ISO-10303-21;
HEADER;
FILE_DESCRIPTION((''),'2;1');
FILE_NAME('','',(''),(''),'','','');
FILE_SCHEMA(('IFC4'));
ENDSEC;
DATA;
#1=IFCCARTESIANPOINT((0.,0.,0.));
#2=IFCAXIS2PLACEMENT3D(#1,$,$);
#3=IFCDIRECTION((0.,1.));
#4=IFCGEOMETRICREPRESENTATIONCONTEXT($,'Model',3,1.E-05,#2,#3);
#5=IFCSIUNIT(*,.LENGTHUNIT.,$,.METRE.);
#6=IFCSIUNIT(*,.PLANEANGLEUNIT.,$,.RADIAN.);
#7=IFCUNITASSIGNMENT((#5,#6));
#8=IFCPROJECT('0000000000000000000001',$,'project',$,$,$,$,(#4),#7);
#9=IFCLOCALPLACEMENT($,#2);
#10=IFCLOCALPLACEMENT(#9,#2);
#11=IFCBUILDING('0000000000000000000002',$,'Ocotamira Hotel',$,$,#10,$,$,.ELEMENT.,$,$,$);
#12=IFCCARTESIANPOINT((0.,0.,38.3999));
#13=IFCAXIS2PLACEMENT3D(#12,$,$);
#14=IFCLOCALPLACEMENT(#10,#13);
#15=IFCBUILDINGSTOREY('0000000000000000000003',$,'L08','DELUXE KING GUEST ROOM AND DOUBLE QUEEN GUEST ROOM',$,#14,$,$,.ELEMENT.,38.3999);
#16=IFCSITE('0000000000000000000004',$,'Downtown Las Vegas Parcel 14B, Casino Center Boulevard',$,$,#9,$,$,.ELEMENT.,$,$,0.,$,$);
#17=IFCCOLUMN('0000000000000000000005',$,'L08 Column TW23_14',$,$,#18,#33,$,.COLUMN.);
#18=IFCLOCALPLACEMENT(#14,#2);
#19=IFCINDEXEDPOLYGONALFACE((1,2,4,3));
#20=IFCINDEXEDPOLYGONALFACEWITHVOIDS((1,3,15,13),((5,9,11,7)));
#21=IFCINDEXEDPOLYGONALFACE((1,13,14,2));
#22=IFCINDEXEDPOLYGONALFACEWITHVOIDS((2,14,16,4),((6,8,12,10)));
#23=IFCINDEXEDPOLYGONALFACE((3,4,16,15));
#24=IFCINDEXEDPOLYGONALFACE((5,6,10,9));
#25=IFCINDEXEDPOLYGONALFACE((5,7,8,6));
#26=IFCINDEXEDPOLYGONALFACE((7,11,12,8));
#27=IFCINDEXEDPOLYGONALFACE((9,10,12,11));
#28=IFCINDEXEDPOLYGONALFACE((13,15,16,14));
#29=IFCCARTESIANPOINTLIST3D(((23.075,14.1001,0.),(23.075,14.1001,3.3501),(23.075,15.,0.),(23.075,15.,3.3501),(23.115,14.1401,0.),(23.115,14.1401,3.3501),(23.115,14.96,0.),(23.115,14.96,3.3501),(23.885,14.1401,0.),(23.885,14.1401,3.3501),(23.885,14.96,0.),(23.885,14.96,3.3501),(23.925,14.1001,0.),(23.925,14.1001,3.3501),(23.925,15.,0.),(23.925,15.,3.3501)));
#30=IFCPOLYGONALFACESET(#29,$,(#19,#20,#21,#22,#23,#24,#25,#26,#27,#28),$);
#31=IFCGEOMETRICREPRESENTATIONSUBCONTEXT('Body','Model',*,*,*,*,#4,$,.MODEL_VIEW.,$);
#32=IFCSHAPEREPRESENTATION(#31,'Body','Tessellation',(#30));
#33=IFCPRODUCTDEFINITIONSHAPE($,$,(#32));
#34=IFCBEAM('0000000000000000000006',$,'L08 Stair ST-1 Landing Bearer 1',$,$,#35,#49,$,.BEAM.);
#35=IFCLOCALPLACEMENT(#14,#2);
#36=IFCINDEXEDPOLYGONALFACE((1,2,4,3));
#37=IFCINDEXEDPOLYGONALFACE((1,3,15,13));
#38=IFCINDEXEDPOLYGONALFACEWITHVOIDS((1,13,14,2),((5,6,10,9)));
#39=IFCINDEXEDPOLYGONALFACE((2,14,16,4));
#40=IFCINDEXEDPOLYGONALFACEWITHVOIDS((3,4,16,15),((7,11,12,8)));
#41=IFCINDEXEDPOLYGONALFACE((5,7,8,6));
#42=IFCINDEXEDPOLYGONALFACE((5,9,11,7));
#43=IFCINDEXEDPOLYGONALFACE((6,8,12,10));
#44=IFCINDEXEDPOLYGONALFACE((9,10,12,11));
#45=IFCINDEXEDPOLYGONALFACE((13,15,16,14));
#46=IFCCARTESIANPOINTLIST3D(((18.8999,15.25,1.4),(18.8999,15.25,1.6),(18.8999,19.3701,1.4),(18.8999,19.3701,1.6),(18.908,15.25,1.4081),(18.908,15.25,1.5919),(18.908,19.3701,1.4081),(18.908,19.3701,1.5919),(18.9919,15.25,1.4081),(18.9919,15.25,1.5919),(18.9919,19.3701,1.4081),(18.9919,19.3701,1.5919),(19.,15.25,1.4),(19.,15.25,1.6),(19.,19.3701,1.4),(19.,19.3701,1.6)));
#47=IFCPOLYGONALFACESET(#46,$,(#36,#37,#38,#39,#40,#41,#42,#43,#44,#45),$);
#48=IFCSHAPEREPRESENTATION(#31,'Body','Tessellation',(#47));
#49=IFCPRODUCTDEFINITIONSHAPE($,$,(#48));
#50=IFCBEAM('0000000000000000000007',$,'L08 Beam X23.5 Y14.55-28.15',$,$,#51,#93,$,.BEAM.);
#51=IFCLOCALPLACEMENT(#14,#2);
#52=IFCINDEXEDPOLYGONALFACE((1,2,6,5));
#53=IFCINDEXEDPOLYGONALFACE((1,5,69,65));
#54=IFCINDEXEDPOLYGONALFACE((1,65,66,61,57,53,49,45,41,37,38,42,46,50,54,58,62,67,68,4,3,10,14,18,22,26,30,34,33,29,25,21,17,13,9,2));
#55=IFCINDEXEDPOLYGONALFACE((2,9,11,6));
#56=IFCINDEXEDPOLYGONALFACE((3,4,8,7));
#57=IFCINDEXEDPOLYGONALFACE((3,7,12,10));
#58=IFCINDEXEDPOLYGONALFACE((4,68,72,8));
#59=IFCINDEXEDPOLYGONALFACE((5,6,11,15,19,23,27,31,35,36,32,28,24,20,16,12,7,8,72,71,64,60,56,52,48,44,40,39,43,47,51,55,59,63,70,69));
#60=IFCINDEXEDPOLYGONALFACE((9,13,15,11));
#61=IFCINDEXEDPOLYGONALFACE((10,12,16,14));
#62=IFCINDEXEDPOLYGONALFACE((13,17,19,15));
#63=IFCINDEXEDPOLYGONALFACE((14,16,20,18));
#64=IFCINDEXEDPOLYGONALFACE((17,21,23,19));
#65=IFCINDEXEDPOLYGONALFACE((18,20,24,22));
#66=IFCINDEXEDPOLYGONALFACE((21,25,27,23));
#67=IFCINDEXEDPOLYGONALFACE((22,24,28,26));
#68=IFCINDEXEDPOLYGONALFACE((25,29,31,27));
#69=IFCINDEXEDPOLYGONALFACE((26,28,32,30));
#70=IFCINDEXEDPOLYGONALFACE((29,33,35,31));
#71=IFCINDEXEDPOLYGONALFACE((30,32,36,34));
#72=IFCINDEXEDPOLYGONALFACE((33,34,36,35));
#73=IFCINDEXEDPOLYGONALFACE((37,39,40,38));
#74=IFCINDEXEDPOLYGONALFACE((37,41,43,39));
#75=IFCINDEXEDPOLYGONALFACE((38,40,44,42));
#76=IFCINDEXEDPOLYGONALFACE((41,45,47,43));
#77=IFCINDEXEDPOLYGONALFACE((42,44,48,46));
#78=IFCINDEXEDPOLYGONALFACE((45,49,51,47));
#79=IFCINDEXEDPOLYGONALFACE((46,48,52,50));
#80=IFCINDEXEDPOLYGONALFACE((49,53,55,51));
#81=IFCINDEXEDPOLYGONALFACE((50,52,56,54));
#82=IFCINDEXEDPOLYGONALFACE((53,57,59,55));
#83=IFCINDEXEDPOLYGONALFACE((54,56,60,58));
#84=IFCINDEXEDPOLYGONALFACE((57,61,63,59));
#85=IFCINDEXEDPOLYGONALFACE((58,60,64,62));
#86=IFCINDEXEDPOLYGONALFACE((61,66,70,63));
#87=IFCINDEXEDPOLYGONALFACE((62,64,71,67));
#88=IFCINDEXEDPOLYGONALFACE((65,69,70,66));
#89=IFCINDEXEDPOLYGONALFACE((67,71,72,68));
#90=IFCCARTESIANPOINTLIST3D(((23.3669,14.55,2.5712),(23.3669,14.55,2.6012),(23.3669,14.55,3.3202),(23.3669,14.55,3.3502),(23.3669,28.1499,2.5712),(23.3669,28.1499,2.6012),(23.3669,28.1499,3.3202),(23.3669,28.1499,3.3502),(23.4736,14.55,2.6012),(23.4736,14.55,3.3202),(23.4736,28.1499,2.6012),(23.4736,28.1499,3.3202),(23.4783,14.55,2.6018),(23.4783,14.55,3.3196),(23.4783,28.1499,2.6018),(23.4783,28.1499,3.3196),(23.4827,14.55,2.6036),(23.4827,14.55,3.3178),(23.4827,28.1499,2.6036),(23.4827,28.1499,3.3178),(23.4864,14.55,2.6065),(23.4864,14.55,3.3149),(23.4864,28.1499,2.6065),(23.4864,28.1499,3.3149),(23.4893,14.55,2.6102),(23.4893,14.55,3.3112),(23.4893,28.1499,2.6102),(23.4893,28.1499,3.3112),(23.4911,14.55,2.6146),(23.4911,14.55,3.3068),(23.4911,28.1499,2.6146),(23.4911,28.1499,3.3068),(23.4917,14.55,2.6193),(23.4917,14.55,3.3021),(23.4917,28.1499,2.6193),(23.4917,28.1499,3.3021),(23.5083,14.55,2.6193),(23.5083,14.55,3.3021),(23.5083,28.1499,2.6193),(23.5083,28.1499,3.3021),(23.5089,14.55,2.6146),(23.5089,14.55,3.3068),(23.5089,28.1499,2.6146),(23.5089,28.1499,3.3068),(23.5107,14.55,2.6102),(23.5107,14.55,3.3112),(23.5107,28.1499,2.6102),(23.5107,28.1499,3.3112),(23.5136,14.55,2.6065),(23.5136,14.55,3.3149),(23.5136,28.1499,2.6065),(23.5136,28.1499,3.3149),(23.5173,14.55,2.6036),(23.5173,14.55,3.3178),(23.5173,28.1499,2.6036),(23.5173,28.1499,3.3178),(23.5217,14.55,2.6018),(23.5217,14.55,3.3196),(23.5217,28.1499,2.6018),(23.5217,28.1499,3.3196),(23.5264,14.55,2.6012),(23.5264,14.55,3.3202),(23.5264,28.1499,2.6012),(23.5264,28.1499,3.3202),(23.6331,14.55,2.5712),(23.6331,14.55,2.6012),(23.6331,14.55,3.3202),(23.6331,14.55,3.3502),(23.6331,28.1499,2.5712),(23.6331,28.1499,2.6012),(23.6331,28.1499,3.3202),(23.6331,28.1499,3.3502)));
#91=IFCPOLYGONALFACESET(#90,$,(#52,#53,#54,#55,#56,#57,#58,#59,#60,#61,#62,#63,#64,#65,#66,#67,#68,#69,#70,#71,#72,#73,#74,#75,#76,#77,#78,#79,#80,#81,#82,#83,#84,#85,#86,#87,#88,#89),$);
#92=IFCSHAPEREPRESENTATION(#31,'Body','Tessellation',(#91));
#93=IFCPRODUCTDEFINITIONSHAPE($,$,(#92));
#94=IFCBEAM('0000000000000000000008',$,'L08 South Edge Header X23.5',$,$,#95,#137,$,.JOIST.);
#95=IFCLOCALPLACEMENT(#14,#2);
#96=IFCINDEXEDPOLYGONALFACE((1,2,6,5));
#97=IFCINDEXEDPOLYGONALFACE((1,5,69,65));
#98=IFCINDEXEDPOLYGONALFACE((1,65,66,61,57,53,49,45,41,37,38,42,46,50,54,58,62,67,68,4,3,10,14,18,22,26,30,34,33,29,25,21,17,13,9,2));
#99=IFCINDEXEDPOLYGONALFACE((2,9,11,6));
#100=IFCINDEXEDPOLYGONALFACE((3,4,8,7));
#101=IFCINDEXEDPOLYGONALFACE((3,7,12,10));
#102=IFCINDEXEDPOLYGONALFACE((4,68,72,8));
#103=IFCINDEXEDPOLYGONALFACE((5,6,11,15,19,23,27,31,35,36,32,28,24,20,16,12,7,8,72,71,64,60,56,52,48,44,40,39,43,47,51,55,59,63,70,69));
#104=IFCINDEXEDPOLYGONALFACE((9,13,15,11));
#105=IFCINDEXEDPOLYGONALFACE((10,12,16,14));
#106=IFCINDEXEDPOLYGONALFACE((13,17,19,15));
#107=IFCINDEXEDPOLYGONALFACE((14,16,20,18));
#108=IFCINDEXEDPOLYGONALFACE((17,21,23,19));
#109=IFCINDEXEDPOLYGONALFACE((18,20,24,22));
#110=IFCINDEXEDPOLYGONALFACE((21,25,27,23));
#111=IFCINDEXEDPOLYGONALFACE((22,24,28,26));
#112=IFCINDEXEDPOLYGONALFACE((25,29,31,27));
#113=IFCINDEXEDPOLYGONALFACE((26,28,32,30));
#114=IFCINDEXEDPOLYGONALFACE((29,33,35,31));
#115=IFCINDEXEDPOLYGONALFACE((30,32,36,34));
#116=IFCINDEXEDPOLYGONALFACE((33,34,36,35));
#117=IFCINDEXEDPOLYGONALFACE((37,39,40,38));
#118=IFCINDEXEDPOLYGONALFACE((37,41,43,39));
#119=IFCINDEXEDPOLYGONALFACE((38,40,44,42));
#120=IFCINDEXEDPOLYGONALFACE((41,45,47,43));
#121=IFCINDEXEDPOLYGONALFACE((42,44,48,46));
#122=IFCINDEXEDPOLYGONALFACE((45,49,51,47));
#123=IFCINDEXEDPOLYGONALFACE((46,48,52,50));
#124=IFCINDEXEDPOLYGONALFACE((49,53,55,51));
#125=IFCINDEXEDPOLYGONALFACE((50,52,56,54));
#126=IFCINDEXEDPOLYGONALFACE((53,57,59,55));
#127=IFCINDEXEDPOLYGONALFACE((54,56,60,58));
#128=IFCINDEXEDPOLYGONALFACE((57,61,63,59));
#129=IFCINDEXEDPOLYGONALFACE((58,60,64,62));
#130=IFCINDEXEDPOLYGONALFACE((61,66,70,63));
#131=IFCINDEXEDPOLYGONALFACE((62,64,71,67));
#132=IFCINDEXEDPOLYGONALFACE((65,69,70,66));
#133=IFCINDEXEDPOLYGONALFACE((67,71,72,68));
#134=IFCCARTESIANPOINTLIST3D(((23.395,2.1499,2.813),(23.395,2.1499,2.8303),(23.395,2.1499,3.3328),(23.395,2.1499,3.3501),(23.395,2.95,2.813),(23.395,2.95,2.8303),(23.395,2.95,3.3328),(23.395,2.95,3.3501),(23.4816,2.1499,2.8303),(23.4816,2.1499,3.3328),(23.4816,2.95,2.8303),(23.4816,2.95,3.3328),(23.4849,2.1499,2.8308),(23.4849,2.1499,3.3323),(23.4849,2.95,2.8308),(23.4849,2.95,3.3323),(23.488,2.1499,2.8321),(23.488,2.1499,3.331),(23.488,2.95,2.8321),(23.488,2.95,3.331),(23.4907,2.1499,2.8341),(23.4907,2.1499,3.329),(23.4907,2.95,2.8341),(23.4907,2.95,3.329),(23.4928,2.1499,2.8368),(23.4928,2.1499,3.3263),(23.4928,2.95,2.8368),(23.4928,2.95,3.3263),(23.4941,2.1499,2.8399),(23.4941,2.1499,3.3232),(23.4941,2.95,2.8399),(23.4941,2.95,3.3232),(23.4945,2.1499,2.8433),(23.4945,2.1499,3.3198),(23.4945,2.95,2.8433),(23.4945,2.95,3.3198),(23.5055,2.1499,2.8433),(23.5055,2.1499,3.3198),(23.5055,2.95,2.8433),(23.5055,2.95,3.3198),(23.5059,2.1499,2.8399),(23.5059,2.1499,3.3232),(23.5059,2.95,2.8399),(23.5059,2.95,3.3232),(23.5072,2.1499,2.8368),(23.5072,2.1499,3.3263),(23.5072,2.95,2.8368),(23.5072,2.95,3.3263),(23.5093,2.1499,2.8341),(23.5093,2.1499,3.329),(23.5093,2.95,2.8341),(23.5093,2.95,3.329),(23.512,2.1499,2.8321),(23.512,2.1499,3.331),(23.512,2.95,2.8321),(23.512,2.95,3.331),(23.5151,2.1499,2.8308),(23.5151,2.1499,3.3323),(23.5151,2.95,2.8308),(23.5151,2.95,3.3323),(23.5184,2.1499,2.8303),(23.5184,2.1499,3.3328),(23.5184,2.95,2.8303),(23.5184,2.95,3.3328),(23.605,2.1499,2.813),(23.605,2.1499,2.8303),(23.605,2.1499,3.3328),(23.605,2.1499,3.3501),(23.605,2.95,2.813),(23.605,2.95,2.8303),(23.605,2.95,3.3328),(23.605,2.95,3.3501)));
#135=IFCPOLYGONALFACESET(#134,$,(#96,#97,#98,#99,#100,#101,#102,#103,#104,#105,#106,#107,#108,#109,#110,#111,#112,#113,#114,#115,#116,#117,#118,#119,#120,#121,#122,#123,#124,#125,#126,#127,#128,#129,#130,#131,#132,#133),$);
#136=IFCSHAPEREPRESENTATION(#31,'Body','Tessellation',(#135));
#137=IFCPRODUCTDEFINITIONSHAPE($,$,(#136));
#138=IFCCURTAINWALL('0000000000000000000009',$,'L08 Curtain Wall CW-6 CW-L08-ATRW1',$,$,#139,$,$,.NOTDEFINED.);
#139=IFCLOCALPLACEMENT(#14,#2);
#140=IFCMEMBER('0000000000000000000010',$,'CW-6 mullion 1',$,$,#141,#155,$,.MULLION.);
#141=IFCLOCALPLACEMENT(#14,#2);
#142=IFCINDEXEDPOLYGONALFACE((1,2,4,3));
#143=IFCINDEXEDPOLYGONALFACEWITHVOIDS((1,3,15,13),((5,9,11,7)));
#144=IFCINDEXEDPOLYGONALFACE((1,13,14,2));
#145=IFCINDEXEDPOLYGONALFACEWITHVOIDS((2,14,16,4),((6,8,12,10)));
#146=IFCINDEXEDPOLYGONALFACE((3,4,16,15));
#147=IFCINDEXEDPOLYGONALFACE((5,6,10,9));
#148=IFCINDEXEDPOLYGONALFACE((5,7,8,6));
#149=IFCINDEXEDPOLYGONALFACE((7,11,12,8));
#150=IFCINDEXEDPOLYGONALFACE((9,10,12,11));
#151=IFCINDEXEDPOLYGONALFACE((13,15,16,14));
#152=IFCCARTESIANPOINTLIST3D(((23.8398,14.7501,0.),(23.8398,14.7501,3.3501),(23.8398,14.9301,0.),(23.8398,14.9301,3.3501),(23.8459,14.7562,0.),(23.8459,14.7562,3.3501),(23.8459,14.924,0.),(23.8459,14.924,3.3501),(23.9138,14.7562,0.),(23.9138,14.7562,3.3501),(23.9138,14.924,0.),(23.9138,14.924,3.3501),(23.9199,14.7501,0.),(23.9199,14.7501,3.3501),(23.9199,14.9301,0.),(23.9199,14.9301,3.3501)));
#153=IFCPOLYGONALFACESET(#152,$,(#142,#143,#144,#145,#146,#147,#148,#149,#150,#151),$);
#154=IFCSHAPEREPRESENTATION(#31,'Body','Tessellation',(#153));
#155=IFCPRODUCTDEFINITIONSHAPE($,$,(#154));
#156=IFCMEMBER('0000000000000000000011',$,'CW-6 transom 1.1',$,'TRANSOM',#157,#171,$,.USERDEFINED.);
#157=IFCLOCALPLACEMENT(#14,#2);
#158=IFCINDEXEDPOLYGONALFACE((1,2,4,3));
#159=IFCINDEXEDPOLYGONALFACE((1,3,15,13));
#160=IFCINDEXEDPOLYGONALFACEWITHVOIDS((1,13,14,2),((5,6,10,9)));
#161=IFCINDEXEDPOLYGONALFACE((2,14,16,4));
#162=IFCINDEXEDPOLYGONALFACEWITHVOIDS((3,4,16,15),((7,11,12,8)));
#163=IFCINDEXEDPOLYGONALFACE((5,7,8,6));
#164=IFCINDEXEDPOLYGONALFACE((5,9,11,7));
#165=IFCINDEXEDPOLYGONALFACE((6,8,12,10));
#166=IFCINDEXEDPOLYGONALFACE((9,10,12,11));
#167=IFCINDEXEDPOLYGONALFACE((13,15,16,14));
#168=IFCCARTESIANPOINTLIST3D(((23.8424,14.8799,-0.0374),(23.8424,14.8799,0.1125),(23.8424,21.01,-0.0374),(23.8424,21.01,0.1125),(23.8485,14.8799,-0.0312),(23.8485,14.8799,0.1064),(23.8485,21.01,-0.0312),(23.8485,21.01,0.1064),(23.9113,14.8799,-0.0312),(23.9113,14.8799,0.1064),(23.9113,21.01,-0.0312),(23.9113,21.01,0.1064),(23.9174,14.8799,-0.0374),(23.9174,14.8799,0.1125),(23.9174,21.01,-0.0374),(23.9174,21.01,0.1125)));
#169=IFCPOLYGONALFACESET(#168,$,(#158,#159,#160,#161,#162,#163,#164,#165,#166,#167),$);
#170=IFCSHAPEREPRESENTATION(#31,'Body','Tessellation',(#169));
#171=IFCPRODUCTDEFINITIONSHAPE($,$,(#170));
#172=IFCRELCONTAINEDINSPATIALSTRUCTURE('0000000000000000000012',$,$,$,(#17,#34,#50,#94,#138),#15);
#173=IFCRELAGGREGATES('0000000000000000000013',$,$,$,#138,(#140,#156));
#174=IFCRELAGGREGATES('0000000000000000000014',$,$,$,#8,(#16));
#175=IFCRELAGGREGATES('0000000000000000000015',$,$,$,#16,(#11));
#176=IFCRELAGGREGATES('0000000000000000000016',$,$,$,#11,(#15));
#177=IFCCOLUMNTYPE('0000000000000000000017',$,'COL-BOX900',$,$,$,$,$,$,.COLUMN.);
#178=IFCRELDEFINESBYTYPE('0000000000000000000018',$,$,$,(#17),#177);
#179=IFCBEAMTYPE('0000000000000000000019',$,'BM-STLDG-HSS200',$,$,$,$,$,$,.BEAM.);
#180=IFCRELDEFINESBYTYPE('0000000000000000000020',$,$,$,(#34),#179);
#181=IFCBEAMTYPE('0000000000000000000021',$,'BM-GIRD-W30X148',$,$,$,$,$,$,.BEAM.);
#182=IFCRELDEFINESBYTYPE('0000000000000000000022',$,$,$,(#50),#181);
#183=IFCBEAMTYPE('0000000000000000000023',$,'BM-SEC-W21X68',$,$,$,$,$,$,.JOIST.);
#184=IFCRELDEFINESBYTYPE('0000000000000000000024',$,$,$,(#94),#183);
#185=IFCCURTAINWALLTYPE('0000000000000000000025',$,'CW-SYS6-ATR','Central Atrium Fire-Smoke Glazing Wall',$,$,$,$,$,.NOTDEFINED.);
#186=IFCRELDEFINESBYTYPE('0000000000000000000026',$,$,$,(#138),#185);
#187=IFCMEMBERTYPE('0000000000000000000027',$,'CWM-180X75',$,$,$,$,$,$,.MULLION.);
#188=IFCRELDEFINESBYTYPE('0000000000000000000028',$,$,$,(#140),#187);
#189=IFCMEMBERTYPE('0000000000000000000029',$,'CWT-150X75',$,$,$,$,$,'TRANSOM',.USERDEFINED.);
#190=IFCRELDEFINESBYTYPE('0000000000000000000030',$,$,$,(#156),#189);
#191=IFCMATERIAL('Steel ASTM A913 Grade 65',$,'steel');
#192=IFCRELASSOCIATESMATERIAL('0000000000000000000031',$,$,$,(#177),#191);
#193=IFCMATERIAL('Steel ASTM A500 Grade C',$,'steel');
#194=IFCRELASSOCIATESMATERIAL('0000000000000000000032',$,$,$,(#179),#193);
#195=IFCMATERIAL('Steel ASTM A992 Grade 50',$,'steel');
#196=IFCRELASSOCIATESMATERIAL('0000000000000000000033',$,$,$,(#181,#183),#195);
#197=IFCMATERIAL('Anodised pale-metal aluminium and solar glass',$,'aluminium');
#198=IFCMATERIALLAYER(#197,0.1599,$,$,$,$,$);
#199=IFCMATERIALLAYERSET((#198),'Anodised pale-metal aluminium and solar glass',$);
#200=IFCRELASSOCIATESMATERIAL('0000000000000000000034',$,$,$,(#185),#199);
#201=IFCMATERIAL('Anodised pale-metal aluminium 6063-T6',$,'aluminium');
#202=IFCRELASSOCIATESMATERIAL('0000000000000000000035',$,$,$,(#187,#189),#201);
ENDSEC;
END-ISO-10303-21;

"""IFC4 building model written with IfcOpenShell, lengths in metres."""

from ifc_helpers import new_model, si_unit, direction, frame, origin, origin_2d, place, context, subcontext, project, spatial, hollow_rectangle, i_section, extrude, source, transform, mapped, material, layer, layer_set, material_profile, profile_set, type_object, element, aggregate, save


model = new_model("IFC4")

# Units and contexts
model_context = context("Model", 3, precision=1e-05, world=origin(), true_north=direction((0.0, 1.0)))
body_context = subcontext(model_context, "Body", "Model", "MODEL_VIEW")
ifc_project = project(units=[si_unit("LENGTHUNIT", "METRE"), si_unit("PLANEANGLEUNIT", "RADIAN")], contexts=[model_context])

# Site, building, storey
site_placement = place(None, origin())
site = spatial("IfcSite", under=ifc_project, at=site_placement, Name="Downtown Las Vegas Parcel 14B, Casino Center Boulevard", CompositionType="ELEMENT", RefElevation=0.0)
building_placement = place(site_placement, origin())
building = spatial("IfcBuilding", under=site, at=building_placement, Name="Ocotamira Hotel", CompositionType="ELEMENT")
storey_placement = place(building_placement, frame((0.0, 0.0, 38.3999)))
storey = spatial("IfcBuildingStorey", under=building, at=storey_placement, Name="L08", Description="DELUXE KING GUEST ROOM AND DOUBLE QUEEN GUEST ROOM", CompositionType="ELEMENT", Elevation=38.3999)

# Column
ifc_material_1 = material(Name="Steel ASTM A913 Grade 65", Category="steel")
ifc_material_profile_1 = material_profile(ifc_material_1, hollow_rectangle(XDim=0.8501, YDim=0.8999, WallThickness=0.04, at=origin_2d()), Name="BOX900X850X40")
ifc_profile_set_1 = profile_set([ifc_material_profile_1], Name="Steel ASTM A913 Grade 65")
column_type = type_object("IfcColumnType", Name="COL-BOX900", PredefinedType="COLUMN", material=ifc_profile_set_1)
shared_shape_1 = source(origin(), body_context, "Body", "SweptSolid", [
    extrude(hollow_rectangle(XDim=0.8501, YDim=0.8999, WallThickness=0.04, at=origin_2d()), origin(), (0.0, 0.0, 1.0), 3.3501),
])
column_placement = place(storey_placement, frame((23.5, 14.55, 0.0), z_axis=(0.0, 0.0, 1.0), x_axis=(1.0, 0.0, 0.0)))
element("IfcColumn", 1, at=column_placement, inside=storey, type_object=column_type, Name="L08 Column TW23_14", PredefinedType="COLUMN", context=body_context, shape_type="MappedRepresentation", body=[
    mapped(shared_shape_1, transform((0.0, 0.0, 0.0), scale=1.0)),
])

# Beams
ifc_material_2 = material(Name="Steel ASTM A500 Grade C", Category="steel")
ifc_material_profile_2 = material_profile(ifc_material_2, hollow_rectangle(XDim=0.1001, YDim=0.2, WallThickness=0.0081, at=origin_2d()), Name="HSS200X100X8")
ifc_profile_set_2 = profile_set([ifc_material_profile_2], Name="Steel ASTM A500 Grade C")
beam_type_1 = type_object("IfcBeamType", Name="BM-STLDG-HSS200", PredefinedType="BEAM", material=ifc_profile_set_2)
shared_shape_2 = source(origin(), body_context, "Body", "SweptSolid", [
    extrude(hollow_rectangle(XDim=0.1001, YDim=0.2, WallThickness=0.0081, at=origin_2d()), origin(), (0.0, 0.0, 1.0), 4.1201),
])
beam_1_placement = place(storey_placement, frame((18.95, 15.25, 1.5), z_axis=(0.0, 1.0, 0.0), x_axis=(-1.0, 0.0, 0.0)))
element("IfcBeam", 2, at=beam_1_placement, inside=storey, type_object=beam_type_1, Name="L08 Stair ST-1 Landing Bearer 1", PredefinedType="BEAM", context=body_context, shape_type="MappedRepresentation", body=[
    mapped(shared_shape_2, transform((0.0, 0.0, 0.0), scale=1.0)),
])
ifc_material_3 = material(Name="Steel ASTM A992 Grade 50", Category="steel")
ifc_material_profile_3 = material_profile(ifc_material_3, i_section(OverallWidth=0.2661, OverallDepth=0.7791, WebThickness=0.0166, FlangeThickness=0.03, FilletRadius=0.0181, at=origin_2d()), Name="W30X148")
ifc_profile_set_3 = profile_set([ifc_material_profile_3], Name="Steel ASTM A992 Grade 50")
beam_type_2 = type_object("IfcBeamType", Name="BM-GIRD-W30X148", PredefinedType="BEAM", material=ifc_profile_set_3)
shared_shape_3 = source(origin(), body_context, "Body", "SweptSolid", [
    extrude(i_section(OverallWidth=0.2661, OverallDepth=0.7791, WebThickness=0.0166, FlangeThickness=0.03, FilletRadius=0.0181, at=origin_2d()), origin(), (0.0, 0.0, 1.0), 13.5999),
])
beam_2_placement = place(storey_placement, frame((23.5, 14.55, 2.9607), z_axis=(0.0, 1.0, 0.0), x_axis=(-1.0, 0.0, 0.0)))
element("IfcBeam", 3, at=beam_2_placement, inside=storey, type_object=beam_type_2, Name="L08 Beam X23.5 Y14.55-28.15", PredefinedType="BEAM", context=body_context, shape_type="MappedRepresentation", body=[
    mapped(shared_shape_3, transform((0.0, 0.0, 0.0), scale=1.0)),
])
ifc_material_profile_4 = material_profile(ifc_material_3, i_section(OverallWidth=0.21, OverallDepth=0.5371, WebThickness=0.011, FlangeThickness=0.0173, FilletRadius=0.0129, at=origin_2d()), Name="W21X68")
ifc_profile_set_4 = profile_set([ifc_material_profile_4], Name="Steel ASTM A992 Grade 50")
beam_type_3 = type_object("IfcBeamType", Name="BM-SEC-W21X68", PredefinedType="JOIST", material=ifc_profile_set_4)
shared_shape_4 = source(origin(), body_context, "Body", "SweptSolid", [
    extrude(i_section(OverallWidth=0.21, OverallDepth=0.5371, WebThickness=0.011, FlangeThickness=0.0173, FilletRadius=0.0129, at=origin_2d()), origin(), (0.0, 0.0, 1.0), 0.8),
])
beam_3_placement = place(storey_placement, frame((23.5, 2.95, 3.0815), z_axis=(0.0, -1.0, 0.0), x_axis=(1.0, 0.0, 0.0)))
element("IfcBeam", 4, at=beam_3_placement, inside=storey, type_object=beam_type_3, Name="L08 South Edge Header X23.5", PredefinedType="JOIST", context=body_context, shape_type="MappedRepresentation", body=[
    mapped(shared_shape_4, transform((0.0, 0.0, 0.0), scale=1.0)),
])

# Curtain wall, members
ifc_material_4 = material(Name="Anodised pale-metal aluminium and solar glass", Category="aluminium")
ifc_layer_1 = layer(ifc_material_4, 0.1599)
ifc_layer_set_1 = layer_set([ifc_layer_1], Name="Anodised pale-metal aluminium and solar glass")
curtain_wall_type = type_object("IfcCurtainWallType", Name="CW-SYS6-ATR", Description="Central Atrium Fire-Smoke Glazing Wall", PredefinedType="NOTDEFINED", material=ifc_layer_set_1)
curtain_wall_placement = place(storey_placement, origin())
curtain_wall = element("IfcCurtainWall", 5, at=curtain_wall_placement, inside=storey, type_object=curtain_wall_type, Name="L08 Curtain Wall CW-6 CW-L08-ATRW1", PredefinedType="NOTDEFINED")
ifc_material_5 = material(Name="Anodised pale-metal aluminium 6063-T6", Category="aluminium")
ifc_material_profile_5 = material_profile(ifc_material_5, hollow_rectangle(XDim=0.0801, YDim=0.1799, WallThickness=0.0061, at=origin_2d()), Name="HSS180X80X6")
ifc_profile_set_5 = profile_set([ifc_material_profile_5], Name="Anodised pale-metal aluminium 6063-T6")
member_type_1 = type_object("IfcMemberType", Name="CWM-180X75", PredefinedType="MULLION", material=ifc_profile_set_5)
shared_shape_5 = source(origin(), body_context, "Body", "SweptSolid", [
    extrude(hollow_rectangle(XDim=0.0801, YDim=0.1799, WallThickness=0.0061, at=origin_2d()), origin(), (0.0, 0.0, 1.0), 3.3501),
])
member_1_placement = place(storey_placement, frame((23.8799, 14.8401, 0.0), z_axis=(0.0, 0.0, 1.0), x_axis=(-1.0, 0.0, 0.0)))
member_1 = element("IfcMember", 6, at=member_1_placement, type_object=member_type_1, Name="CW-6 mullion 1", PredefinedType="MULLION", context=body_context, shape_type="MappedRepresentation", body=[
    mapped(shared_shape_5, transform((0.0, 0.0, 0.0), scale=1.0)),
])
ifc_material_profile_6 = material_profile(ifc_material_5, hollow_rectangle(XDim=0.075, YDim=0.1499, WallThickness=0.0061, at=origin_2d()), Name="HSS150X75X6")
ifc_profile_set_6 = profile_set([ifc_material_profile_6], Name="Anodised pale-metal aluminium 6063-T6")
member_type_2 = type_object("IfcMemberType", Name="CWT-150X75", ElementType="TRANSOM", PredefinedType="USERDEFINED", material=ifc_profile_set_6)
shared_shape_6 = source(origin(), body_context, "Body", "SweptSolid", [
    extrude(hollow_rectangle(XDim=0.075, YDim=0.1499, WallThickness=0.0061, at=origin_2d()), origin(), (0.0, 0.0, 1.0), 6.1301),
])
member_2_placement = place(storey_placement, frame((23.8799, 14.8799, 0.0376), z_axis=(0.0, 1.0, 0.0), x_axis=(-1.0, 0.0, 0.0)))
member_2 = element("IfcMember", 7, at=member_2_placement, type_object=member_type_2, Name="CW-6 transom 1.1", ObjectType="TRANSOM", PredefinedType="USERDEFINED", context=body_context, shape_type="MappedRepresentation", body=[
    mapped(shared_shape_6, transform((0.0, 0.0, 0.0), scale=1.0)),
])
aggregate(curtain_wall, [member_1, member_2])

save(model, "model.ifc")
